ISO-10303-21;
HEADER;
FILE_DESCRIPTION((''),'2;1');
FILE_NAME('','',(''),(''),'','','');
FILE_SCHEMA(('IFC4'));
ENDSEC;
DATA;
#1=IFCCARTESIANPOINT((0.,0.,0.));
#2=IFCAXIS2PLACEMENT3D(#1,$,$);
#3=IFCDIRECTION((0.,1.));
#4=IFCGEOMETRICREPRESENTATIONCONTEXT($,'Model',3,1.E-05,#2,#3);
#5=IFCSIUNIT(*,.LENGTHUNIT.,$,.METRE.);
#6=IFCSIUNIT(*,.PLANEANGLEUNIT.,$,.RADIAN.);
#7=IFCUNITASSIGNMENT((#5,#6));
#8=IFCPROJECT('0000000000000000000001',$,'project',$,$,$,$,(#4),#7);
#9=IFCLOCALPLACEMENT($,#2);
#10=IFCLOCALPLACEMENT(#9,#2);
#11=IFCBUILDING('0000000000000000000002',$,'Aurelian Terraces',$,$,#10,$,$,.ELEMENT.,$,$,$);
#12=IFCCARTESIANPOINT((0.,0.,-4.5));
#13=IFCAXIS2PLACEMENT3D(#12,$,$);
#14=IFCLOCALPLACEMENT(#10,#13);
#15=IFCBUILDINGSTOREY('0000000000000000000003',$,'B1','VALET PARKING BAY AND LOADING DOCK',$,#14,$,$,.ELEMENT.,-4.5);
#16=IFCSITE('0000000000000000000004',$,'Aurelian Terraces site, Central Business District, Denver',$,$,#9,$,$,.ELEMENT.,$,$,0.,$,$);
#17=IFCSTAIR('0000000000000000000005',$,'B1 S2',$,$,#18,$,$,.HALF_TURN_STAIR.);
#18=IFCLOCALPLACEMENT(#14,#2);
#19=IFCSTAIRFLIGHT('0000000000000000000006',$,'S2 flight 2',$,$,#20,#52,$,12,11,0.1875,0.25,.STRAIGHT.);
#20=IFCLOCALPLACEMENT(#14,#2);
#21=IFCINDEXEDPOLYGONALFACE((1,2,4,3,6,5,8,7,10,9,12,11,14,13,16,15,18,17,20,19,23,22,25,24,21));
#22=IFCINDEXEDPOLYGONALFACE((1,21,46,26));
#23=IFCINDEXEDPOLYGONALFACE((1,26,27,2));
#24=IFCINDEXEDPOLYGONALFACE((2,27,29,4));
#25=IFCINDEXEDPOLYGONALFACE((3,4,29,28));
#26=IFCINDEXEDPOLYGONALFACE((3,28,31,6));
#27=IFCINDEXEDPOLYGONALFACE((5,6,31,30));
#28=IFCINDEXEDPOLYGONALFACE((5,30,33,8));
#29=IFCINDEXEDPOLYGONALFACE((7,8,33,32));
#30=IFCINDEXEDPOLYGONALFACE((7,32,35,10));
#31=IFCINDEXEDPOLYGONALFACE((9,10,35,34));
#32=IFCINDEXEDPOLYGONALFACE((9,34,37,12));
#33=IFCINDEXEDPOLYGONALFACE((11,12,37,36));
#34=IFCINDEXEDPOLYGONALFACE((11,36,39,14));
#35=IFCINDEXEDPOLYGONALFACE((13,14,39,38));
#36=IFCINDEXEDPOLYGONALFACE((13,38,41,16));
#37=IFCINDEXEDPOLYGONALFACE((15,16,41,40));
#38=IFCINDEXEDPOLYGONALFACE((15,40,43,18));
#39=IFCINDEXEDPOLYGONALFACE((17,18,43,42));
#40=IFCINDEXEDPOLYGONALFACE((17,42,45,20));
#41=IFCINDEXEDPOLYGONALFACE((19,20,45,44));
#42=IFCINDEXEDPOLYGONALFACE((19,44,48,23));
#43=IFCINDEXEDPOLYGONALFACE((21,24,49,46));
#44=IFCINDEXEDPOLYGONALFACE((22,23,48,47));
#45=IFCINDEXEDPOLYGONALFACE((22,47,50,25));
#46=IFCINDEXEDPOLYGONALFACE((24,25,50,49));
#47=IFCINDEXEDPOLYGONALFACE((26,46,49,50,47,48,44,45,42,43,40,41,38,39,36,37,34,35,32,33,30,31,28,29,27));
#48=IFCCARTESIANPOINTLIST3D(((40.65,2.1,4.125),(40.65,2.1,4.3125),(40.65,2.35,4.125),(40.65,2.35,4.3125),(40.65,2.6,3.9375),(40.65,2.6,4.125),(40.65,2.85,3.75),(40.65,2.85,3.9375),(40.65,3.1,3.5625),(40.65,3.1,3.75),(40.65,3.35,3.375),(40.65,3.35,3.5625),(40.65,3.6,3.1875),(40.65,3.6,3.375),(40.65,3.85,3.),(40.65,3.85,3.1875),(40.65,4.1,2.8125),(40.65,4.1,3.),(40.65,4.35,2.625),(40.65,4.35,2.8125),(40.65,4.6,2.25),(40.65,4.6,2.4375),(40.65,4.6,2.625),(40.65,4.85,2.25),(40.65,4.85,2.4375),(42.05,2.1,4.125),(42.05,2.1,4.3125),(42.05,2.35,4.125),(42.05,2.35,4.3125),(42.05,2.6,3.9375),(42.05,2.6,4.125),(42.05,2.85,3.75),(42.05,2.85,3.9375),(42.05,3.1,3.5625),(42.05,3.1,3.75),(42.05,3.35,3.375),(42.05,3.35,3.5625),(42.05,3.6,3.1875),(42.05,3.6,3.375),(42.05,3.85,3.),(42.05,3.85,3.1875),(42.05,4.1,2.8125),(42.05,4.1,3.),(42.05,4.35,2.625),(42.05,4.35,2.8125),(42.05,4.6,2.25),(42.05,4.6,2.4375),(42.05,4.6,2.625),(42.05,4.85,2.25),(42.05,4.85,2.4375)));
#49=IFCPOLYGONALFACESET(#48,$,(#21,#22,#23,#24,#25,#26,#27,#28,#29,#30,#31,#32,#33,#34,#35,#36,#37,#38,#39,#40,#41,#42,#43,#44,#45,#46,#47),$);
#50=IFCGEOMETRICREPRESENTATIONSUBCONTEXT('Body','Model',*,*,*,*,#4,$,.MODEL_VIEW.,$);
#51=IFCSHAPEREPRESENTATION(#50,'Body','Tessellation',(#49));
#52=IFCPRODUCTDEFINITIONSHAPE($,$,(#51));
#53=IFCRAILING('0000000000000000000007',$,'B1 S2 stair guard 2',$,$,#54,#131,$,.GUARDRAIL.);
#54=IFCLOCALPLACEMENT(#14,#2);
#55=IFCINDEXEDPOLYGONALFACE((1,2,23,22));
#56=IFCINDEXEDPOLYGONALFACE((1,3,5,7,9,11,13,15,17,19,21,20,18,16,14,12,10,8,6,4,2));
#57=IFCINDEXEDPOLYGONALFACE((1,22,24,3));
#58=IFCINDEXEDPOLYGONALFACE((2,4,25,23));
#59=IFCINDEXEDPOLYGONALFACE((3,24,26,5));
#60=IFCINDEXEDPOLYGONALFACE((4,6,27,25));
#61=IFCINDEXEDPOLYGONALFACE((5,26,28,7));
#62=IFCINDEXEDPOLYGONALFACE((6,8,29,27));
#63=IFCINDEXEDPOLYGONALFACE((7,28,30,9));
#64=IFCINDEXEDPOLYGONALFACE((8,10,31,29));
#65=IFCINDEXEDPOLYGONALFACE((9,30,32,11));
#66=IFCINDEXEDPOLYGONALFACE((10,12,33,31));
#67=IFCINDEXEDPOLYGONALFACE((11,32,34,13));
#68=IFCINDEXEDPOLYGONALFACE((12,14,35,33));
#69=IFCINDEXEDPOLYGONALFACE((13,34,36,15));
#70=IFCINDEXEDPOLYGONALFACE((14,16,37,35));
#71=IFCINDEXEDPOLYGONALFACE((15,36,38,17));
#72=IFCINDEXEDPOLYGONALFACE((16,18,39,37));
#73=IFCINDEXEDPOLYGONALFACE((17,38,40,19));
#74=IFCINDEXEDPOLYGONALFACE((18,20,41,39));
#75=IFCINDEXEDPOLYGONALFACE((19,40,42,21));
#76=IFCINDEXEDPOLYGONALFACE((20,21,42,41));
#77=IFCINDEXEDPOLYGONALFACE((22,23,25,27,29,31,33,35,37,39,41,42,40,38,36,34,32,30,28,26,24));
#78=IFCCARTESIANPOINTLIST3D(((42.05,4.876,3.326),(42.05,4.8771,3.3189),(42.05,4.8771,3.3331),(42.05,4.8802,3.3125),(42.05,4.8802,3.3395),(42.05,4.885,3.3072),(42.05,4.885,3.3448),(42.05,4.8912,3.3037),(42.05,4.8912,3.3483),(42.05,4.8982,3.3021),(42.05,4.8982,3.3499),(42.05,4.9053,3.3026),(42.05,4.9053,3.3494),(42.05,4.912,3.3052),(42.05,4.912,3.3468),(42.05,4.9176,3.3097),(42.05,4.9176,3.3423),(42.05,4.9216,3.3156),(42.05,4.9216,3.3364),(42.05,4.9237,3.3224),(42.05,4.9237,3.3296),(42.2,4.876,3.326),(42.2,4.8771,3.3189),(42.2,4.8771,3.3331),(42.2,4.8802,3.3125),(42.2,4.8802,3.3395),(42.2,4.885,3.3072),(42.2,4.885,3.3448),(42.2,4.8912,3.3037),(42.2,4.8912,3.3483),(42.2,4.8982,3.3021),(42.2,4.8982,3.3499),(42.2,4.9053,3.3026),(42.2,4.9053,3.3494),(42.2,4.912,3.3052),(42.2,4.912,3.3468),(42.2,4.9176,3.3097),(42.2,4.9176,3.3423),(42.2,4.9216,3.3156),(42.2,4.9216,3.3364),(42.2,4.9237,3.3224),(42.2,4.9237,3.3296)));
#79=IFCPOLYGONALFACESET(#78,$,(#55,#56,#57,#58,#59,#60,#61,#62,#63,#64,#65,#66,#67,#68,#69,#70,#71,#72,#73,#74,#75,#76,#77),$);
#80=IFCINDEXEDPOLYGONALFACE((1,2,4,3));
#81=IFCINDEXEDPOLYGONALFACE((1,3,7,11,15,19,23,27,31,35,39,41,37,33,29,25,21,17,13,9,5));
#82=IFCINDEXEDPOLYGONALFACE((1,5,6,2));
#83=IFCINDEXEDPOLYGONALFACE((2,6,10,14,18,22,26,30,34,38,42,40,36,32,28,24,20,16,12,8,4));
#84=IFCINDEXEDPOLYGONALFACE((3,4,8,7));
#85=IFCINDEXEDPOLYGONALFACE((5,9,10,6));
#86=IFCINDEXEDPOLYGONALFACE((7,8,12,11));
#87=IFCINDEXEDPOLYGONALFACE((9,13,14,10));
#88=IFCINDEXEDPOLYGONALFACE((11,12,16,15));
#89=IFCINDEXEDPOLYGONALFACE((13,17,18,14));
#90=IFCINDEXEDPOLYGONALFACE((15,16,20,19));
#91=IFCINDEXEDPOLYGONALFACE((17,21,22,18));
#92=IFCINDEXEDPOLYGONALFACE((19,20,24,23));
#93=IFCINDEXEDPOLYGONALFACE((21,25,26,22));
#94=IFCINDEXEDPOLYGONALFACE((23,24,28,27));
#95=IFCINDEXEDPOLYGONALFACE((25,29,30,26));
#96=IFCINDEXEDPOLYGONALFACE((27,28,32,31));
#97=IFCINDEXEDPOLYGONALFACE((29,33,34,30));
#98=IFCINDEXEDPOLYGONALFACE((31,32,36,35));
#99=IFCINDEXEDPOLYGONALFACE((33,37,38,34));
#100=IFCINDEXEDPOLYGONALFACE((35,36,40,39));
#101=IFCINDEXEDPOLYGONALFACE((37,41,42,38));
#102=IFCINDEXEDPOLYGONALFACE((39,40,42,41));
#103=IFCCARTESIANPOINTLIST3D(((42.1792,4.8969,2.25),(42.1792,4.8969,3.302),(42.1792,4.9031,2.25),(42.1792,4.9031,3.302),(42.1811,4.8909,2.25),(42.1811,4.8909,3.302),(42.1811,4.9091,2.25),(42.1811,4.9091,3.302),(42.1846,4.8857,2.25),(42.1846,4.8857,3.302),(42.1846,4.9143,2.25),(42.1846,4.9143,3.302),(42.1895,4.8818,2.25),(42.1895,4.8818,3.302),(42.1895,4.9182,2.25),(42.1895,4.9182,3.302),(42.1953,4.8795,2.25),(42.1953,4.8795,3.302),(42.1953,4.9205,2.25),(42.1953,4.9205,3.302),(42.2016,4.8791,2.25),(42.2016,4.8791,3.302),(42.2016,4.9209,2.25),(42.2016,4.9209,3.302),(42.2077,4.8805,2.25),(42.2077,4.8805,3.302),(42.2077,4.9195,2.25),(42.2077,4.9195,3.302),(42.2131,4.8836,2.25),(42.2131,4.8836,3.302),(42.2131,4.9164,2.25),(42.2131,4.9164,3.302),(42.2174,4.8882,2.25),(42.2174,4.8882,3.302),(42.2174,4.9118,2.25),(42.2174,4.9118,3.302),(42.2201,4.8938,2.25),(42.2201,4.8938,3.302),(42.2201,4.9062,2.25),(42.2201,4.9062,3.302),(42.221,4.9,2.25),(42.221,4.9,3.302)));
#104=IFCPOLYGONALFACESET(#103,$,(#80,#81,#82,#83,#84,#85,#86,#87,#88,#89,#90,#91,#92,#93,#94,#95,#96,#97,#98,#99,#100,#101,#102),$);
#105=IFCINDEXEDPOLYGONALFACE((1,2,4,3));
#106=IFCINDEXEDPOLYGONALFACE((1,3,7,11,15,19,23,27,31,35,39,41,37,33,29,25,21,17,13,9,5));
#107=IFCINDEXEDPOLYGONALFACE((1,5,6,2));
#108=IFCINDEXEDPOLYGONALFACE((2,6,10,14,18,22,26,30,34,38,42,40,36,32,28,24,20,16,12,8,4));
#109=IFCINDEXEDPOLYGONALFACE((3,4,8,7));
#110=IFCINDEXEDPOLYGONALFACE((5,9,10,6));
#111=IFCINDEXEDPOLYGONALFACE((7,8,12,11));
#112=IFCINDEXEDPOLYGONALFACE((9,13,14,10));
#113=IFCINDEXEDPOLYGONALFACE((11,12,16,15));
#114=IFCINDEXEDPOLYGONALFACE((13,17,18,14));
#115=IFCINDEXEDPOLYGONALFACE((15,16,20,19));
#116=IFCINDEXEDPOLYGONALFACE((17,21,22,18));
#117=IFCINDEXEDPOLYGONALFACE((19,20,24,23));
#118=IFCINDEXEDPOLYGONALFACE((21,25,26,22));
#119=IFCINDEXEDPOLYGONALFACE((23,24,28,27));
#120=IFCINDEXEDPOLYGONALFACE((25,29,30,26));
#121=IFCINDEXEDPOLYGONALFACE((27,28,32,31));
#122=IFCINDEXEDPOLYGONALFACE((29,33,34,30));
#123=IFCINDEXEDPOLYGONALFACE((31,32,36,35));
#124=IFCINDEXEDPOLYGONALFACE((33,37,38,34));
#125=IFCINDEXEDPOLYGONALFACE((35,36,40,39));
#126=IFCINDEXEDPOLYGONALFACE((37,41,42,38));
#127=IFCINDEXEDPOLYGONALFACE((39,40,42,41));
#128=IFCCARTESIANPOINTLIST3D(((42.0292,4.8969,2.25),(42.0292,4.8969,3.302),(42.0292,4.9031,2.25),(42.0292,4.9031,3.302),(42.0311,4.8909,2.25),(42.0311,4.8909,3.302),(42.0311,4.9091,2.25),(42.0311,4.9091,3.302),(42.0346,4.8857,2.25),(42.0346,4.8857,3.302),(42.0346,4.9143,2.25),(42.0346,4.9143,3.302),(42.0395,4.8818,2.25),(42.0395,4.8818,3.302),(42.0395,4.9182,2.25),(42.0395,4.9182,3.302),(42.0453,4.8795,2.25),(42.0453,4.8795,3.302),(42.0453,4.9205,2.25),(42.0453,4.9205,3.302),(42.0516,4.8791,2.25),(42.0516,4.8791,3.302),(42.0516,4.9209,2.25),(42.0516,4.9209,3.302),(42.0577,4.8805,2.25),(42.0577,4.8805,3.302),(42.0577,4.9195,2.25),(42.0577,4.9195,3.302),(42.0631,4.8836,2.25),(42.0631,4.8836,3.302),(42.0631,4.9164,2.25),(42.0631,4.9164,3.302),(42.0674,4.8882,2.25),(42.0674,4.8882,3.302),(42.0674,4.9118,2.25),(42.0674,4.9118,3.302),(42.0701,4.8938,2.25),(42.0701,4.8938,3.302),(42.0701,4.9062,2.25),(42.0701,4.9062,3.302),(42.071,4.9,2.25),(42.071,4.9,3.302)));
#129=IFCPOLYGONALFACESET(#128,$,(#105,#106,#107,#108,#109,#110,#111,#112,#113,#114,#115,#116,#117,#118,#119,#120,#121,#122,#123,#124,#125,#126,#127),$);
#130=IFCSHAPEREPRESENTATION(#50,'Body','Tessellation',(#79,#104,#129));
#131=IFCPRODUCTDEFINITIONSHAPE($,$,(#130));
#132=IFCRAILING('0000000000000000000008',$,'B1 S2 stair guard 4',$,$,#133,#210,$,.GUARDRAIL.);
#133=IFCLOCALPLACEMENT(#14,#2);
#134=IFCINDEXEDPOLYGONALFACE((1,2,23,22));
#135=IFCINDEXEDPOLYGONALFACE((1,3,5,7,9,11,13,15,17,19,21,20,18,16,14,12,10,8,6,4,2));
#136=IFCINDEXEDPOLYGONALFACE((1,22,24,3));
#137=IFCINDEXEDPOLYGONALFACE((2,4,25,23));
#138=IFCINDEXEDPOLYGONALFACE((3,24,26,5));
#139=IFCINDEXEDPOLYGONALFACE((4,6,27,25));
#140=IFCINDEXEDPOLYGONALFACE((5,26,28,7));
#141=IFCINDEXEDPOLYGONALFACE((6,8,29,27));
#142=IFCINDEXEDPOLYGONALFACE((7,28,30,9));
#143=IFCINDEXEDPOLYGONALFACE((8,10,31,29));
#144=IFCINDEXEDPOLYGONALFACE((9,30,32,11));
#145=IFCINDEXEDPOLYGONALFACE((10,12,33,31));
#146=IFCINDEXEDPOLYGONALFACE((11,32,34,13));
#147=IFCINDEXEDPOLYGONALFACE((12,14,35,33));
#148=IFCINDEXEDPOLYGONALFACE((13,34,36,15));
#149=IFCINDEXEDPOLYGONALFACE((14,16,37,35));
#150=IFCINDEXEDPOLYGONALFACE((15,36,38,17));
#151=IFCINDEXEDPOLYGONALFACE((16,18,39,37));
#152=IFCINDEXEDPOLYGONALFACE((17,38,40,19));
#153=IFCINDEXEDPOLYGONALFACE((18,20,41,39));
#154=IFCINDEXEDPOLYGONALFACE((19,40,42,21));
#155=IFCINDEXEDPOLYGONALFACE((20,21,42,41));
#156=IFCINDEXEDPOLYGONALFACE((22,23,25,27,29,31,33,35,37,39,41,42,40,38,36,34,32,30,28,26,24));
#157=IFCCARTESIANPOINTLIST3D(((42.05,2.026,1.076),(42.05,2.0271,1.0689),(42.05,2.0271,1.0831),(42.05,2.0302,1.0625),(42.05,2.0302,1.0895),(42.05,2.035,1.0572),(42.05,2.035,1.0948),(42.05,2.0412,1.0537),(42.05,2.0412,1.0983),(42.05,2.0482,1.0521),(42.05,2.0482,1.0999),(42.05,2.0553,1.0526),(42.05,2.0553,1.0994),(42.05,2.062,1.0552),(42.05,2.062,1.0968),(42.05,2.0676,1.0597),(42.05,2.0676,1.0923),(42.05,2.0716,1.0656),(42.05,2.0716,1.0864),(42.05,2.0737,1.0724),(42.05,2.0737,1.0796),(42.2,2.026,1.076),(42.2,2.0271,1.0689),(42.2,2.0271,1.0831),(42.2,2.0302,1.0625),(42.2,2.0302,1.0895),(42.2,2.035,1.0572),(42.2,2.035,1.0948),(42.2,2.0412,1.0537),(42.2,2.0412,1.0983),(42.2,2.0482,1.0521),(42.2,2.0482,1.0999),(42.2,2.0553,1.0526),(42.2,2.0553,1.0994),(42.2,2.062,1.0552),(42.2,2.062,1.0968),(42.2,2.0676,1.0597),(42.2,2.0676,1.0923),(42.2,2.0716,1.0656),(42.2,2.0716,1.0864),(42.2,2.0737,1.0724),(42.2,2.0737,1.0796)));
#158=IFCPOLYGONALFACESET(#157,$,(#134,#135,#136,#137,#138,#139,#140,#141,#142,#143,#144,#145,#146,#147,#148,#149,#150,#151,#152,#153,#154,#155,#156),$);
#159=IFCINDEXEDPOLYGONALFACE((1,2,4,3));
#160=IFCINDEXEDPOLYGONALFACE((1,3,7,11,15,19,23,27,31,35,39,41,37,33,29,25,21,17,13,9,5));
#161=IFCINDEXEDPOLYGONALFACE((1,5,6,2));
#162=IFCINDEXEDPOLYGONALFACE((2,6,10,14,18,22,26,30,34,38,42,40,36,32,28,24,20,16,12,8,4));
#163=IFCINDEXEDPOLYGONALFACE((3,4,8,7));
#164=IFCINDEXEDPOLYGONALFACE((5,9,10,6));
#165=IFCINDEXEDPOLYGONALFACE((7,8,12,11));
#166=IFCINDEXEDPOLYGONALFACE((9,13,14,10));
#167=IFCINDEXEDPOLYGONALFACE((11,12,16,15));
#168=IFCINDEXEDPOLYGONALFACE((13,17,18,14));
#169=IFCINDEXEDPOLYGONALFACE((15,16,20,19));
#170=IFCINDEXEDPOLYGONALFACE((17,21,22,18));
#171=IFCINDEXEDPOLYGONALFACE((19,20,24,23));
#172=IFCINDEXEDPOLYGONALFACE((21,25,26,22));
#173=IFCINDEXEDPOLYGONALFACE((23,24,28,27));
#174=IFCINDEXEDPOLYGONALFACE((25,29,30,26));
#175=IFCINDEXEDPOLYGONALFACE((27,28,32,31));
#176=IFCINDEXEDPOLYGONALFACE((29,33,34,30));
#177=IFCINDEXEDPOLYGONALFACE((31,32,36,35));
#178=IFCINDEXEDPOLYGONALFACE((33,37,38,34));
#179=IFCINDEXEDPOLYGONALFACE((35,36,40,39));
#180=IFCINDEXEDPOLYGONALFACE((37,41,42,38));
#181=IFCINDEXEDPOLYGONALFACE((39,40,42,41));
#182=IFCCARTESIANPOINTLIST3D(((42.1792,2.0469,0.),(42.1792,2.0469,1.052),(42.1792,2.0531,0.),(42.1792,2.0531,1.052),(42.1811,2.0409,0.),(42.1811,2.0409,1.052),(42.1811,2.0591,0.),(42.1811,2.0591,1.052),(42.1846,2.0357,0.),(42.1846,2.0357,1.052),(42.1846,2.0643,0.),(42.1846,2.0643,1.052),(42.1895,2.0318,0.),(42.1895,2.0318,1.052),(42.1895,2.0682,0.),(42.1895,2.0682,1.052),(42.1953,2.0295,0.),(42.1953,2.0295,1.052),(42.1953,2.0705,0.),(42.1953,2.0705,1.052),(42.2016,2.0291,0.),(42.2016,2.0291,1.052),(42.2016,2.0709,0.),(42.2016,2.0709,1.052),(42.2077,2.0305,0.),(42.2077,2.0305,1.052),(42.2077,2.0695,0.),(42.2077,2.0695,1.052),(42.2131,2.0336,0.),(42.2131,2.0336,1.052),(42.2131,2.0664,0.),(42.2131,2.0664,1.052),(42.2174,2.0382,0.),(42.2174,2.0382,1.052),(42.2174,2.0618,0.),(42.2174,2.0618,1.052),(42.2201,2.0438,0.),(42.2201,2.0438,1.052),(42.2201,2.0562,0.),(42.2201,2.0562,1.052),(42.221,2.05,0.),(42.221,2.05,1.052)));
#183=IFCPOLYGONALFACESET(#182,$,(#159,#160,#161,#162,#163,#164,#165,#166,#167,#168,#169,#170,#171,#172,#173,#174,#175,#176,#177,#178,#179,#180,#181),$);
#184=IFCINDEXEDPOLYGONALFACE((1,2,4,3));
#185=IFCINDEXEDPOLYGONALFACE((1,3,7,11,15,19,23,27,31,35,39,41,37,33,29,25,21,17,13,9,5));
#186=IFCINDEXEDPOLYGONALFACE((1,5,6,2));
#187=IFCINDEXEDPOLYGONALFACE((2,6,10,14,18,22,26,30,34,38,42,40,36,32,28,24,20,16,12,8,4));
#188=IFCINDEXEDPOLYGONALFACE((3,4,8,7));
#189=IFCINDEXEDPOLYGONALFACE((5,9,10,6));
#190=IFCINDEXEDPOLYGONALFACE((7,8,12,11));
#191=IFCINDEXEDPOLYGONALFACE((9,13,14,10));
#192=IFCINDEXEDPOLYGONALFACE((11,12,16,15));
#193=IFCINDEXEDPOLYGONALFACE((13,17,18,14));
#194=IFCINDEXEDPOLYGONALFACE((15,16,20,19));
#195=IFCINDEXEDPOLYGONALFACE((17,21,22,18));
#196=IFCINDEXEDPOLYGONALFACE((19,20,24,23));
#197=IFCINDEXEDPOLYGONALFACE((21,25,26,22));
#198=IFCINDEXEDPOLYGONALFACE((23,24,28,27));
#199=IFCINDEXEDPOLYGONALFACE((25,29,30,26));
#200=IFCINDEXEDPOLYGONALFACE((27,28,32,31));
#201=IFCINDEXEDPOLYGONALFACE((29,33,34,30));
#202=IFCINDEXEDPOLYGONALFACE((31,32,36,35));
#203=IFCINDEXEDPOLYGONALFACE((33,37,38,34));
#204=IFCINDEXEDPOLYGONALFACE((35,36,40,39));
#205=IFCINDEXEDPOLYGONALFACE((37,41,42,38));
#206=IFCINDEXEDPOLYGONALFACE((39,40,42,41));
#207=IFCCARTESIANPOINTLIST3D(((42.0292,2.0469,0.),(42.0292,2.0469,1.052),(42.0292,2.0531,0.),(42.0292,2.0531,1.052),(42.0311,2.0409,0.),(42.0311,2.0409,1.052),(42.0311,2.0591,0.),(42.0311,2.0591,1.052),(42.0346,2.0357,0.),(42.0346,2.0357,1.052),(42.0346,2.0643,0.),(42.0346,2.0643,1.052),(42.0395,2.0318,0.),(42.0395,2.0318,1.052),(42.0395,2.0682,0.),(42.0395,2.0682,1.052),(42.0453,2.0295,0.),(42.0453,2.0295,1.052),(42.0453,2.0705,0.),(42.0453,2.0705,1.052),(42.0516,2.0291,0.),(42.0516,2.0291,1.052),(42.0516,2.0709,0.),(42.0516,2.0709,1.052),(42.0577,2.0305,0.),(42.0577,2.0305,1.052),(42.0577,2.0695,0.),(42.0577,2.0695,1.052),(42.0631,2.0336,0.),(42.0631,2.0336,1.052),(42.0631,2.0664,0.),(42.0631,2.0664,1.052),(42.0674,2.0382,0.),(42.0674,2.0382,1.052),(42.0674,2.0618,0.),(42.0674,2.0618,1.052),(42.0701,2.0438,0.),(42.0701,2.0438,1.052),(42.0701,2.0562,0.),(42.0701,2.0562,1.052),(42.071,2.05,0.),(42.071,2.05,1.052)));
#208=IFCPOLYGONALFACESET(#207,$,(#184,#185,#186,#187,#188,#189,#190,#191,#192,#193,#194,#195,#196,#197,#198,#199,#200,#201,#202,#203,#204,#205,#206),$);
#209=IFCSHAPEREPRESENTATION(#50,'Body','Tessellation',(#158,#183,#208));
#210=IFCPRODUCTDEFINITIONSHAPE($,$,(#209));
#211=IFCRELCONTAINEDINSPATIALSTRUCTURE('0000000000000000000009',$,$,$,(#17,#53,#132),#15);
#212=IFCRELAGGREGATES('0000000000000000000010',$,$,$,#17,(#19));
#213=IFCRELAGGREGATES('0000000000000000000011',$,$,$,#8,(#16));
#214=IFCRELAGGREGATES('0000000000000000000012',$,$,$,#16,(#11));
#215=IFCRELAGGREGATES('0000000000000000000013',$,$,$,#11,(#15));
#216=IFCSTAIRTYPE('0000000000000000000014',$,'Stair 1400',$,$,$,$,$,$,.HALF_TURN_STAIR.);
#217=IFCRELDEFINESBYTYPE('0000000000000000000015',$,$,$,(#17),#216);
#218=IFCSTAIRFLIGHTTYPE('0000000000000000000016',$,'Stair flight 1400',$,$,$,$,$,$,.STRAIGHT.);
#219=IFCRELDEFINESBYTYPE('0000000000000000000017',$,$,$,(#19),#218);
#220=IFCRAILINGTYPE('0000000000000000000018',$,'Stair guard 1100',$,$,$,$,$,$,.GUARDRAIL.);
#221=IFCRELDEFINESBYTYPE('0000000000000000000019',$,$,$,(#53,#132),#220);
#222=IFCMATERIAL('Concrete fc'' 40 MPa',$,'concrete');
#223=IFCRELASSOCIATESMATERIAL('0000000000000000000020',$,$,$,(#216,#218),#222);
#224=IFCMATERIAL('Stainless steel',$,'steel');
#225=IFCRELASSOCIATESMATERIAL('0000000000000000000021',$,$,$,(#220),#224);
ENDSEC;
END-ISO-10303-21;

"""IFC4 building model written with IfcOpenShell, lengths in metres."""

from ifc_helpers import new_model, si_unit, direction, frame, origin, origin_2d, place, context, subcontext, project, spatial, polyline, circle, outline, extrude, source, transform, mapped, material, type_object, element, aggregate, save


model = new_model("IFC4")

# Units and contexts
model_context = context("Model", 3, precision=1e-05, world=origin(), true_north=direction((0.0, 1.0)))
body_context = subcontext(model_context, "Body", "Model", "MODEL_VIEW")
ifc_project = project(units=[si_unit("LENGTHUNIT", "METRE"), si_unit("PLANEANGLEUNIT", "RADIAN")], contexts=[model_context])

# Site, building, storey
site_placement = place(None, origin())
site = spatial("IfcSite", under=ifc_project, at=site_placement, Name="Aurelian Terraces site, Central Business District, Denver", CompositionType="ELEMENT", RefElevation=0.0)
building_placement = place(site_placement, origin())
building = spatial("IfcBuilding", under=site, at=building_placement, Name="Aurelian Terraces", CompositionType="ELEMENT")
storey_placement = place(building_placement, frame((0.0, 0.0, -4.5)))
storey = spatial("IfcBuildingStorey", under=building, at=storey_placement, Name="B1", Description="VALET PARKING BAY AND LOADING DOCK", CompositionType="ELEMENT", Elevation=-4.5)

# Shared definitions
ifc_material_1 = material(Name="Concrete fc' 40 MPa", Category="concrete")

# Stair, stair flight
stair_type = type_object("IfcStairType", Name="Stair 1400", PredefinedType="HALF_TURN_STAIR", material=ifc_material_1)
stair_placement = place(storey_placement, origin())
stair = element("IfcStair", 1, at=stair_placement, inside=storey, type_object=stair_type, Name="B1 S2", PredefinedType="HALF_TURN_STAIR")
stair_flight_type = type_object("IfcStairFlightType", Name="Stair flight 1400", PredefinedType="STRAIGHT", material=ifc_material_1)
shared_shape_1 = source(origin(), body_context, "Body", "SweptSolid", [
    extrude(outline(polyline([(0.0, 0.0), (0.0, 0.1875), (0.25, 0.1875), (0.25, 0.375), (0.5, 0.375), (0.5, 0.5625), (0.75, 0.5625), (0.75, 0.75), (1.0, 0.75), (1.0, 0.9375), (1.25, 0.9375), (1.25, 1.125), (1.5, 1.125), (1.5, 1.3125), (1.75, 1.3125), (1.75, 1.5), (2.0, 1.5), (2.0, 1.6875), (2.25, 1.6875), (2.25, 1.875), (2.5, 1.875), (2.5, 2.0625), (2.75, 2.0625), (2.75, 2.25), (2.75, 1.875), (0.25, 0.0), (0.0, 0.0)])), frame((0.0, 0.7, 0.0), z_axis=(0.0, -1.0, 0.0), x_axis=(1.0, 0.0, 0.0)), (0.0, 0.0, 1.0), 1.4),
])
stair_flight_1_placement = place(storey_placement, frame((41.35, 4.85, 2.25), z_axis=(0.0, 0.0, 1.0), x_axis=(0.0, -1.0, 0.0)))
stair_flight_1 = element("IfcStairFlight", 2, at=stair_flight_1_placement, type_object=stair_flight_type, Name="S2 flight 2", NumberOfRisers=12, NumberOfTreads=11, PredefinedType="STRAIGHT", RiserHeight=0.1875, TreadLength=0.25, context=body_context, shape_type="MappedRepresentation", body=[
    mapped(shared_shape_1, transform((0.0, 0.0, 0.0), scale=1.0)),
])
aggregate(stair, [stair_flight_1])

# Railings
ifc_material_2 = material(Name="Stainless steel", Category="steel")
railing_type_1 = type_object("IfcRailingType", Name="Stair guard 1100", PredefinedType="GUARDRAIL", material=ifc_material_2)
shared_shape_2 = source(origin(), body_context, "Body", "SweptSolid", [
    extrude(circle(Radius=0.024, at=origin_2d()), frame((0.0, 0.0, 1.076), z_axis=(-1.0, 0.0, 0.0), x_axis=(0.0, -1.0, 0.0)), (0.0, 0.0, 1.0), 0.15),
    extrude(circle(Radius=0.021, at=origin_2d()), origin(), (0.0, 0.0, 1.0), 1.052),
    extrude(circle(Radius=0.021, at=origin_2d()), frame((-0.15, 0.0, 0.0)), (0.0, 0.0, 1.0), 1.052),
])
for number, where, name in (
    (3, (42.2, 4.9, 2.25), "B1 S2 stair guard 2"),
    (4, (42.2, 2.05, 0.0), "B1 S2 stair guard 4"),
):
    element("IfcRailing", number, at=place(storey_placement, frame(where)), inside=storey, type_object=railing_type_1, Name=name, PredefinedType="GUARDRAIL", context=body_context, shape_type="MappedRepresentation", body=[
        mapped(shared_shape_2, transform((0.0, 0.0, 0.0), scale=1.0)),
    ])

save(model, "model.ifc")
